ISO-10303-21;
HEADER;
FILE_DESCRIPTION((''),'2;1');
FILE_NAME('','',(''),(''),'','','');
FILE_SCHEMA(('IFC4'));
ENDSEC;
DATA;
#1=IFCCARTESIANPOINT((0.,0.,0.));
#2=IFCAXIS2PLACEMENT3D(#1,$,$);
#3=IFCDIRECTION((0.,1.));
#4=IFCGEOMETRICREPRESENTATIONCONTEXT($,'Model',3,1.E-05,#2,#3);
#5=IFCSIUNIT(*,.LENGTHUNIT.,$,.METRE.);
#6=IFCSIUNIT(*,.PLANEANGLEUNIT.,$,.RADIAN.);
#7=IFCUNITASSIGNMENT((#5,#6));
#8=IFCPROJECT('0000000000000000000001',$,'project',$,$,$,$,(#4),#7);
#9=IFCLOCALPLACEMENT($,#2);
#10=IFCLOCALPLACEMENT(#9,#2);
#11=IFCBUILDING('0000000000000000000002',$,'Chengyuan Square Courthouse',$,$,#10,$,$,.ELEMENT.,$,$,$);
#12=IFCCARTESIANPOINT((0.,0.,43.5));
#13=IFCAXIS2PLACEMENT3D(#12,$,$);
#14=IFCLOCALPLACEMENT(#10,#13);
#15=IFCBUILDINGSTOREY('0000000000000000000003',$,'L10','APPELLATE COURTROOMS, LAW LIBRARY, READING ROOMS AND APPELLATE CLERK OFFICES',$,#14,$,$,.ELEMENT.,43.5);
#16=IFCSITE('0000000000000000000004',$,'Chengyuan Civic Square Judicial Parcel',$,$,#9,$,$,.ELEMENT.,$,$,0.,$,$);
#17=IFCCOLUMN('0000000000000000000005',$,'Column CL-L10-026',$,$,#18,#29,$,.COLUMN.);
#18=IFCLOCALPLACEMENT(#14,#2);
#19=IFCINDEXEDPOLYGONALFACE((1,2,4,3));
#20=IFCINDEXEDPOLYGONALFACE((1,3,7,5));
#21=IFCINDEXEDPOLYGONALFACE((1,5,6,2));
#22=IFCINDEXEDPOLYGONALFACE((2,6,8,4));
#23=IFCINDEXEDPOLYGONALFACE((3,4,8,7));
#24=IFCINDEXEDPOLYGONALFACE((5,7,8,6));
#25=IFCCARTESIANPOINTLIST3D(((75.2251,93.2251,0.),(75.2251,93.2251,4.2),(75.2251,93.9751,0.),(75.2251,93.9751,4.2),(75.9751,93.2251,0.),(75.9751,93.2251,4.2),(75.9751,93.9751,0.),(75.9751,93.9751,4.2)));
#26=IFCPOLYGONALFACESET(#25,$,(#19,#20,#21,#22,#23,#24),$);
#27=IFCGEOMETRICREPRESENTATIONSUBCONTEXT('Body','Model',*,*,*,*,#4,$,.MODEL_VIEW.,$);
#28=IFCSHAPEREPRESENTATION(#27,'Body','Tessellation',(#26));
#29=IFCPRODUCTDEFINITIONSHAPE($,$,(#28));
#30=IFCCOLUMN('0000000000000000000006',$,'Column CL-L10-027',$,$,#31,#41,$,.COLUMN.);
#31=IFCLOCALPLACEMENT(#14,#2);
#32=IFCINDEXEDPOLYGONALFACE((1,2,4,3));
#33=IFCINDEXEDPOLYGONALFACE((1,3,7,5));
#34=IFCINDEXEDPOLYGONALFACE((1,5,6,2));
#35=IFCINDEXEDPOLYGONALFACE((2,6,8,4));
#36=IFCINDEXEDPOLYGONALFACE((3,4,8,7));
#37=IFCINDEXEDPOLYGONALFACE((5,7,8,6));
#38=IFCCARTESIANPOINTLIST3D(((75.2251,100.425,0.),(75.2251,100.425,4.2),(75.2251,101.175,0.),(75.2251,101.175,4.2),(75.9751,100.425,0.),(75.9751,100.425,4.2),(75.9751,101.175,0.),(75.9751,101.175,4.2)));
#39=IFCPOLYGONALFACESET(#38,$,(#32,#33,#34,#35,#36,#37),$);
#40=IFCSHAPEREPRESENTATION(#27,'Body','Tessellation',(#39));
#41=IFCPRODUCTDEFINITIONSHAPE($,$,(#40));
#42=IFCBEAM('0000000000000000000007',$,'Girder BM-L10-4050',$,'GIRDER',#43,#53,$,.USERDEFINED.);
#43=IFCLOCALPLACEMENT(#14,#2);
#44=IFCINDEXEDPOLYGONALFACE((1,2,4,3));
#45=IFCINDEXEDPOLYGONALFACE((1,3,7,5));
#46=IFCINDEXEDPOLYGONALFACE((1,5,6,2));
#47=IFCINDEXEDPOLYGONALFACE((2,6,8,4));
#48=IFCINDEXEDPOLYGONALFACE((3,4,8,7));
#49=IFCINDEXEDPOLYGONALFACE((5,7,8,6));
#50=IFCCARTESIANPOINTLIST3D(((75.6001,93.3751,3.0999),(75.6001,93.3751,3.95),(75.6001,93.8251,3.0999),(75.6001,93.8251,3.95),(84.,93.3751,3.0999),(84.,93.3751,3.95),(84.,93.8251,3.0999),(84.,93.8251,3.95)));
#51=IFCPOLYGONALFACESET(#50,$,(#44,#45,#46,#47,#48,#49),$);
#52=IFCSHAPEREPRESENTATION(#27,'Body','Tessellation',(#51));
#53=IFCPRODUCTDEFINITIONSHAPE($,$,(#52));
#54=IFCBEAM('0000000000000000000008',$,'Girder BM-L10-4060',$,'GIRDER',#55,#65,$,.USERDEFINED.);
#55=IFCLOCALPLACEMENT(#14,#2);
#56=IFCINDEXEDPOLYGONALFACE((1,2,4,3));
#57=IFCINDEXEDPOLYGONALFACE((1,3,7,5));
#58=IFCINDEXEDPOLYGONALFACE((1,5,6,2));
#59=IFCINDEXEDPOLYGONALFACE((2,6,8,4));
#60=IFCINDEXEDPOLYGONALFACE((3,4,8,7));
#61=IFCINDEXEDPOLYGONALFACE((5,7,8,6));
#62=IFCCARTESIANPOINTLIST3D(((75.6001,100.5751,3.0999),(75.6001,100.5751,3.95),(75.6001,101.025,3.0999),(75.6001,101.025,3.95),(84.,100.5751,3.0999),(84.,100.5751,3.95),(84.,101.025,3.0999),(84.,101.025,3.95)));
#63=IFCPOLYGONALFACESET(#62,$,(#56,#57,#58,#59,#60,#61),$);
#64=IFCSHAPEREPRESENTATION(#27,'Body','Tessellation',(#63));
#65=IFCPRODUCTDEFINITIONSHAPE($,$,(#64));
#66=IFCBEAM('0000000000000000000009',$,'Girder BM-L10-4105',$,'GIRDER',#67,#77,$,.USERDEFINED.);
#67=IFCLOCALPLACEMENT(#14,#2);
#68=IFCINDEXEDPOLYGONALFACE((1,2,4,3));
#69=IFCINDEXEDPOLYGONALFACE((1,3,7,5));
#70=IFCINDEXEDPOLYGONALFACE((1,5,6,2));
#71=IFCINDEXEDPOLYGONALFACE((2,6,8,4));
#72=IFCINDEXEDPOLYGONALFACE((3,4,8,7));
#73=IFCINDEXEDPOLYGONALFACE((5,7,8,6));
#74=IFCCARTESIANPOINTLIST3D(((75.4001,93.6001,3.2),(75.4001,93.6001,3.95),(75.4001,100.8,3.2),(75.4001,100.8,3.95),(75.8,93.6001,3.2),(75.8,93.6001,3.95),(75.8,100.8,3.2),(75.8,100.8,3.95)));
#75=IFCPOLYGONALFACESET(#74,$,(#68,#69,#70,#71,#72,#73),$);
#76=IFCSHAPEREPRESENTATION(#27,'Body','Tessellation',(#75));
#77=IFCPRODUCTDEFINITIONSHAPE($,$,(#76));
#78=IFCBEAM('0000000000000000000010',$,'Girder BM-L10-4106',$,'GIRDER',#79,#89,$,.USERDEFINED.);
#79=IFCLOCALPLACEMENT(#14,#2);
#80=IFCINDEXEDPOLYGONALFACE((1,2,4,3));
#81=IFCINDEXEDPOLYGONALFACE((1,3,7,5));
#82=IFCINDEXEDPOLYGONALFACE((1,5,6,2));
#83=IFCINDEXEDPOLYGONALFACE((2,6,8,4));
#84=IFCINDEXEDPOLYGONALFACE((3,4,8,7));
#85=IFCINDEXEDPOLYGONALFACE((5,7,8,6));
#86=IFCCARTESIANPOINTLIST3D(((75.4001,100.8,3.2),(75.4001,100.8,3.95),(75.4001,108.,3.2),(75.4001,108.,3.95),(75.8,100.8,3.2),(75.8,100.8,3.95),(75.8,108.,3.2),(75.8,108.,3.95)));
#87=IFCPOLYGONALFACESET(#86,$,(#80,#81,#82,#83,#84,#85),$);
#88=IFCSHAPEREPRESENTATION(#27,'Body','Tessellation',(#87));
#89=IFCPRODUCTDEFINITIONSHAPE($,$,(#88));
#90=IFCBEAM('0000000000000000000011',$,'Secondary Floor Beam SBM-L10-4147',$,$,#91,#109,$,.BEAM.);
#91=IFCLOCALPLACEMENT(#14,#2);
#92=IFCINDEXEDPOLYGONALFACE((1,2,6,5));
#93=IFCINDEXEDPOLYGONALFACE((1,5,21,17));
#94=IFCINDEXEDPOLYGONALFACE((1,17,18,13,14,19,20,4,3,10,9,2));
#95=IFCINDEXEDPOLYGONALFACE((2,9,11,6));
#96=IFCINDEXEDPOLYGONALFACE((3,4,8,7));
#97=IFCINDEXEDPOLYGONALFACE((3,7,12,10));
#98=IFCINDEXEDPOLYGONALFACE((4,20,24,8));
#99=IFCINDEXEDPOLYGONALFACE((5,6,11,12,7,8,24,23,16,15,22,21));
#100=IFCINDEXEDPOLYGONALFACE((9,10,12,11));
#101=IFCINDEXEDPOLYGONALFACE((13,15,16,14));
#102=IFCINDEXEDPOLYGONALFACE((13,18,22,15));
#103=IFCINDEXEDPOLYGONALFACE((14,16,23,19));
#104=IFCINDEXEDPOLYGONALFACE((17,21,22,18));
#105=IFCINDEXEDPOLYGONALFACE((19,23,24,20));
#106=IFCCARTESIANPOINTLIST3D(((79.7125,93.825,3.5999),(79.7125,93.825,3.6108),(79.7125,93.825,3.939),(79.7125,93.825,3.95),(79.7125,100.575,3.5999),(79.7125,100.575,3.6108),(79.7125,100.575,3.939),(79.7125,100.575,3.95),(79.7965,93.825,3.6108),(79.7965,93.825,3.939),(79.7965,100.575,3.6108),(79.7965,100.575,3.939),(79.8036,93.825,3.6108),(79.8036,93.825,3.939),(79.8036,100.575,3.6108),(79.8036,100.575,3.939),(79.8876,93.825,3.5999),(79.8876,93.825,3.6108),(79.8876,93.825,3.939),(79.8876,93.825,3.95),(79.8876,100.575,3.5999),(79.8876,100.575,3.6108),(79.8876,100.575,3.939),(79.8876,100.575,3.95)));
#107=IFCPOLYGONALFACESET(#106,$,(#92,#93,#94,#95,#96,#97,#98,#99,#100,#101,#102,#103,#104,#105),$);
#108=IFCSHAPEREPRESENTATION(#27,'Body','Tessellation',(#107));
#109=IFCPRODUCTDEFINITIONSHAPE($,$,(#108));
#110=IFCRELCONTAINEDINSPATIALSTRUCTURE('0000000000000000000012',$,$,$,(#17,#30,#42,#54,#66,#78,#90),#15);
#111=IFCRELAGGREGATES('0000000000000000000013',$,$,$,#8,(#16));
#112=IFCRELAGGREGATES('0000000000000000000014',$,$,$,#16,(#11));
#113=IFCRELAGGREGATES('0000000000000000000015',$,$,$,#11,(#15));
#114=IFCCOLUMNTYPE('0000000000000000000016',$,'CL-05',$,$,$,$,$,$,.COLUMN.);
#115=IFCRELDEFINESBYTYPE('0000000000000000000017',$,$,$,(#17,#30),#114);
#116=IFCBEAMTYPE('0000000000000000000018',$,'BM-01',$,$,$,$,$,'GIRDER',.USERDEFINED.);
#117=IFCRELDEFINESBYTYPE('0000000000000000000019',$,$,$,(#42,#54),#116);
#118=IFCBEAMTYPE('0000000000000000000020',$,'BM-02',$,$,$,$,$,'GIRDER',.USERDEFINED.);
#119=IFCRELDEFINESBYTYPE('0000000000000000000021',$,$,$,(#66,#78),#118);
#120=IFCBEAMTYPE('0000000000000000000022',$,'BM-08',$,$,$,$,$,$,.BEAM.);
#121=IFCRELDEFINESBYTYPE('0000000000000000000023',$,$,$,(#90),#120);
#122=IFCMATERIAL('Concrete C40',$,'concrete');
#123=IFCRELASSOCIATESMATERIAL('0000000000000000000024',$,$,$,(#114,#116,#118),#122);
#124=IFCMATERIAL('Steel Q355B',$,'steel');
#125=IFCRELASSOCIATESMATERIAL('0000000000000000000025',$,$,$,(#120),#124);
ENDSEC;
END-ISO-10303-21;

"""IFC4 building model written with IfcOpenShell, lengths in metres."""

from ifc_helpers import new_model, si_unit, direction, frame, origin, origin_2d, place, context, subcontext, project, spatial, rectangle, i_section, extrude, material, material_profile, profile_set, type_object, element, save


model = new_model("IFC4")

# Units and contexts
model_context = context("Model", 3, precision=1e-05, world=origin(), true_north=direction((0.0, 1.0)))
body_context = subcontext(model_context, "Body", "Model", "MODEL_VIEW")
ifc_project = project(units=[si_unit("LENGTHUNIT", "METRE"), si_unit("PLANEANGLEUNIT", "RADIAN")], contexts=[model_context])

# Site, building, storey
site_placement = place(None, origin())
site = spatial("IfcSite", under=ifc_project, at=site_placement, Name="Chengyuan Civic Square Judicial Parcel", CompositionType="ELEMENT", RefElevation=0.0)
building_placement = place(site_placement, origin())
building = spatial("IfcBuilding", under=site, at=building_placement, Name="Chengyuan Square Courthouse", CompositionType="ELEMENT")
storey_placement = place(building_placement, frame((0.0, 0.0, 43.5)))
storey = spatial("IfcBuildingStorey", under=building, at=storey_placement, Name="L10", Description="APPELLATE COURTROOMS, LAW LIBRARY, READING ROOMS AND APPELLATE CLERK OFFICES", CompositionType="ELEMENT", Elevation=43.5)

# Columns
ifc_material_1 = material(Name="Concrete C40", Category="concrete")
ifc_material_profile_1 = material_profile(ifc_material_1, rectangle(XDim=0.75, YDim=0.75, at=origin_2d()), Name="RC-COL-750x750")
ifc_profile_set_1 = profile_set([ifc_material_profile_1], Name="Concrete C40")
column_type = type_object("IfcColumnType", Name="CL-05", PredefinedType="COLUMN", material=ifc_profile_set_1)
for number, where, z_axis, x_axis, name in (
    (1, (75.6001, 93.6001, 0.0), (0.0, 0.0, 1.0), (1.0, 0.0, 0.0), "Column CL-L10-026"),
    (2, (75.6001, 100.8, 0.0), (0.0, 0.0, 1.0), (1.0, 0.0, 0.0), "Column CL-L10-027"),
):
    element("IfcColumn", number, at=place(storey_placement, frame(where, z_axis=z_axis, x_axis=x_axis)), inside=storey, type_object=column_type, Name=name, PredefinedType="COLUMN", context=body_context, shape_type="SweptSolid", body=[
        extrude(rectangle(XDim=0.75, YDim=0.75, at=origin_2d()), origin(), (0.0, 0.0, 1.0), 4.2),
    ])

# Beams
ifc_material_profile_2 = material_profile(ifc_material_1, rectangle(XDim=0.45, YDim=0.8501, at=origin_2d()), Name="RC-BM-450x850")
ifc_profile_set_2 = profile_set([ifc_material_profile_2], Name="Concrete C40")
beam_type_1 = type_object("IfcBeamType", Name="BM-01", ElementType="GIRDER", PredefinedType="USERDEFINED", material=ifc_profile_set_2)
for number, where, z_axis, x_axis, name in (
    (3, (75.6001, 93.6001, 3.5249), (1.0, 0.0, 0.0), (0.0, 1.0, 0.0), "Girder BM-L10-4050"),
    (4, (75.6001, 100.8, 3.5249), (1.0, 0.0, 0.0), (0.0, 1.0, 0.0), "Girder BM-L10-4060"),
):
    element("IfcBeam", number, at=place(storey_placement, frame(where, z_axis=z_axis, x_axis=x_axis)), inside=storey, type_object=beam_type_1, Name=name, ObjectType="GIRDER", PredefinedType="USERDEFINED", context=body_context, shape_type="SweptSolid", body=[
        extrude(rectangle(XDim=0.45, YDim=0.8501, at=origin_2d()), origin(), (0.0, 0.0, 1.0), 8.3999),
    ])
ifc_material_profile_3 = material_profile(ifc_material_1, rectangle(XDim=0.3999, YDim=0.75, at=origin_2d()), Name="RC-BM-400x750")
ifc_profile_set_3 = profile_set([ifc_material_profile_3], Name="Concrete C40")
beam_type_2 = type_object("IfcBeamType", Name="BM-02", ElementType="GIRDER", PredefinedType="USERDEFINED", material=ifc_profile_set_3)
for number, where, z_axis, x_axis, name in (
    (5, (75.6001, 93.6001, 3.575), (0.0, 1.0, 0.0), (-1.0, 0.0, 0.0), "Girder BM-L10-4105"),
    (6, (75.6001, 100.8, 3.575), (0.0, 1.0, 0.0), (-1.0, 0.0, 0.0), "Girder BM-L10-4106"),
):
    element("IfcBeam", number, at=place(storey_placement, frame(where, z_axis=z_axis, x_axis=x_axis)), inside=storey, type_object=beam_type_2, Name=name, ObjectType="GIRDER", PredefinedType="USERDEFINED", context=body_context, shape_type="SweptSolid", body=[
        extrude(rectangle(XDim=0.3999, YDim=0.75, at=origin_2d()), origin(), (0.0, 0.0, 1.0), 7.2),
    ])
ifc_material_2 = material(Name="Steel Q355B", Category="steel")
ifc_material_profile_4 = material_profile(ifc_material_2, i_section(OverallWidth=0.175, OverallDepth=0.3501, WebThickness=0.0071, FlangeThickness=0.011, at=origin_2d()), Name="HN 350x175x7x11")
ifc_profile_set_4 = profile_set([ifc_material_profile_4], Name="Steel Q355B")
beam_type_3 = type_object("IfcBeamType", Name="BM-08", PredefinedType="BEAM", material=ifc_profile_set_4)
beam_placement = place(storey_placement, frame((79.8, 93.825, 3.7749), z_axis=(0.0, 1.0, 0.0), x_axis=(-1.0, 0.0, 0.0)))
element("IfcBeam", 7, at=beam_placement, inside=storey, type_object=beam_type_3, Name="Secondary Floor Beam SBM-L10-4147", PredefinedType="BEAM", context=body_context, shape_type="SweptSolid", body=[
    extrude(i_section(OverallWidth=0.175, OverallDepth=0.3501, WebThickness=0.0071, FlangeThickness=0.011, at=origin_2d()), origin(), (0.0, 0.0, 1.0), 6.75),
])

save(model, "model.ifc")
